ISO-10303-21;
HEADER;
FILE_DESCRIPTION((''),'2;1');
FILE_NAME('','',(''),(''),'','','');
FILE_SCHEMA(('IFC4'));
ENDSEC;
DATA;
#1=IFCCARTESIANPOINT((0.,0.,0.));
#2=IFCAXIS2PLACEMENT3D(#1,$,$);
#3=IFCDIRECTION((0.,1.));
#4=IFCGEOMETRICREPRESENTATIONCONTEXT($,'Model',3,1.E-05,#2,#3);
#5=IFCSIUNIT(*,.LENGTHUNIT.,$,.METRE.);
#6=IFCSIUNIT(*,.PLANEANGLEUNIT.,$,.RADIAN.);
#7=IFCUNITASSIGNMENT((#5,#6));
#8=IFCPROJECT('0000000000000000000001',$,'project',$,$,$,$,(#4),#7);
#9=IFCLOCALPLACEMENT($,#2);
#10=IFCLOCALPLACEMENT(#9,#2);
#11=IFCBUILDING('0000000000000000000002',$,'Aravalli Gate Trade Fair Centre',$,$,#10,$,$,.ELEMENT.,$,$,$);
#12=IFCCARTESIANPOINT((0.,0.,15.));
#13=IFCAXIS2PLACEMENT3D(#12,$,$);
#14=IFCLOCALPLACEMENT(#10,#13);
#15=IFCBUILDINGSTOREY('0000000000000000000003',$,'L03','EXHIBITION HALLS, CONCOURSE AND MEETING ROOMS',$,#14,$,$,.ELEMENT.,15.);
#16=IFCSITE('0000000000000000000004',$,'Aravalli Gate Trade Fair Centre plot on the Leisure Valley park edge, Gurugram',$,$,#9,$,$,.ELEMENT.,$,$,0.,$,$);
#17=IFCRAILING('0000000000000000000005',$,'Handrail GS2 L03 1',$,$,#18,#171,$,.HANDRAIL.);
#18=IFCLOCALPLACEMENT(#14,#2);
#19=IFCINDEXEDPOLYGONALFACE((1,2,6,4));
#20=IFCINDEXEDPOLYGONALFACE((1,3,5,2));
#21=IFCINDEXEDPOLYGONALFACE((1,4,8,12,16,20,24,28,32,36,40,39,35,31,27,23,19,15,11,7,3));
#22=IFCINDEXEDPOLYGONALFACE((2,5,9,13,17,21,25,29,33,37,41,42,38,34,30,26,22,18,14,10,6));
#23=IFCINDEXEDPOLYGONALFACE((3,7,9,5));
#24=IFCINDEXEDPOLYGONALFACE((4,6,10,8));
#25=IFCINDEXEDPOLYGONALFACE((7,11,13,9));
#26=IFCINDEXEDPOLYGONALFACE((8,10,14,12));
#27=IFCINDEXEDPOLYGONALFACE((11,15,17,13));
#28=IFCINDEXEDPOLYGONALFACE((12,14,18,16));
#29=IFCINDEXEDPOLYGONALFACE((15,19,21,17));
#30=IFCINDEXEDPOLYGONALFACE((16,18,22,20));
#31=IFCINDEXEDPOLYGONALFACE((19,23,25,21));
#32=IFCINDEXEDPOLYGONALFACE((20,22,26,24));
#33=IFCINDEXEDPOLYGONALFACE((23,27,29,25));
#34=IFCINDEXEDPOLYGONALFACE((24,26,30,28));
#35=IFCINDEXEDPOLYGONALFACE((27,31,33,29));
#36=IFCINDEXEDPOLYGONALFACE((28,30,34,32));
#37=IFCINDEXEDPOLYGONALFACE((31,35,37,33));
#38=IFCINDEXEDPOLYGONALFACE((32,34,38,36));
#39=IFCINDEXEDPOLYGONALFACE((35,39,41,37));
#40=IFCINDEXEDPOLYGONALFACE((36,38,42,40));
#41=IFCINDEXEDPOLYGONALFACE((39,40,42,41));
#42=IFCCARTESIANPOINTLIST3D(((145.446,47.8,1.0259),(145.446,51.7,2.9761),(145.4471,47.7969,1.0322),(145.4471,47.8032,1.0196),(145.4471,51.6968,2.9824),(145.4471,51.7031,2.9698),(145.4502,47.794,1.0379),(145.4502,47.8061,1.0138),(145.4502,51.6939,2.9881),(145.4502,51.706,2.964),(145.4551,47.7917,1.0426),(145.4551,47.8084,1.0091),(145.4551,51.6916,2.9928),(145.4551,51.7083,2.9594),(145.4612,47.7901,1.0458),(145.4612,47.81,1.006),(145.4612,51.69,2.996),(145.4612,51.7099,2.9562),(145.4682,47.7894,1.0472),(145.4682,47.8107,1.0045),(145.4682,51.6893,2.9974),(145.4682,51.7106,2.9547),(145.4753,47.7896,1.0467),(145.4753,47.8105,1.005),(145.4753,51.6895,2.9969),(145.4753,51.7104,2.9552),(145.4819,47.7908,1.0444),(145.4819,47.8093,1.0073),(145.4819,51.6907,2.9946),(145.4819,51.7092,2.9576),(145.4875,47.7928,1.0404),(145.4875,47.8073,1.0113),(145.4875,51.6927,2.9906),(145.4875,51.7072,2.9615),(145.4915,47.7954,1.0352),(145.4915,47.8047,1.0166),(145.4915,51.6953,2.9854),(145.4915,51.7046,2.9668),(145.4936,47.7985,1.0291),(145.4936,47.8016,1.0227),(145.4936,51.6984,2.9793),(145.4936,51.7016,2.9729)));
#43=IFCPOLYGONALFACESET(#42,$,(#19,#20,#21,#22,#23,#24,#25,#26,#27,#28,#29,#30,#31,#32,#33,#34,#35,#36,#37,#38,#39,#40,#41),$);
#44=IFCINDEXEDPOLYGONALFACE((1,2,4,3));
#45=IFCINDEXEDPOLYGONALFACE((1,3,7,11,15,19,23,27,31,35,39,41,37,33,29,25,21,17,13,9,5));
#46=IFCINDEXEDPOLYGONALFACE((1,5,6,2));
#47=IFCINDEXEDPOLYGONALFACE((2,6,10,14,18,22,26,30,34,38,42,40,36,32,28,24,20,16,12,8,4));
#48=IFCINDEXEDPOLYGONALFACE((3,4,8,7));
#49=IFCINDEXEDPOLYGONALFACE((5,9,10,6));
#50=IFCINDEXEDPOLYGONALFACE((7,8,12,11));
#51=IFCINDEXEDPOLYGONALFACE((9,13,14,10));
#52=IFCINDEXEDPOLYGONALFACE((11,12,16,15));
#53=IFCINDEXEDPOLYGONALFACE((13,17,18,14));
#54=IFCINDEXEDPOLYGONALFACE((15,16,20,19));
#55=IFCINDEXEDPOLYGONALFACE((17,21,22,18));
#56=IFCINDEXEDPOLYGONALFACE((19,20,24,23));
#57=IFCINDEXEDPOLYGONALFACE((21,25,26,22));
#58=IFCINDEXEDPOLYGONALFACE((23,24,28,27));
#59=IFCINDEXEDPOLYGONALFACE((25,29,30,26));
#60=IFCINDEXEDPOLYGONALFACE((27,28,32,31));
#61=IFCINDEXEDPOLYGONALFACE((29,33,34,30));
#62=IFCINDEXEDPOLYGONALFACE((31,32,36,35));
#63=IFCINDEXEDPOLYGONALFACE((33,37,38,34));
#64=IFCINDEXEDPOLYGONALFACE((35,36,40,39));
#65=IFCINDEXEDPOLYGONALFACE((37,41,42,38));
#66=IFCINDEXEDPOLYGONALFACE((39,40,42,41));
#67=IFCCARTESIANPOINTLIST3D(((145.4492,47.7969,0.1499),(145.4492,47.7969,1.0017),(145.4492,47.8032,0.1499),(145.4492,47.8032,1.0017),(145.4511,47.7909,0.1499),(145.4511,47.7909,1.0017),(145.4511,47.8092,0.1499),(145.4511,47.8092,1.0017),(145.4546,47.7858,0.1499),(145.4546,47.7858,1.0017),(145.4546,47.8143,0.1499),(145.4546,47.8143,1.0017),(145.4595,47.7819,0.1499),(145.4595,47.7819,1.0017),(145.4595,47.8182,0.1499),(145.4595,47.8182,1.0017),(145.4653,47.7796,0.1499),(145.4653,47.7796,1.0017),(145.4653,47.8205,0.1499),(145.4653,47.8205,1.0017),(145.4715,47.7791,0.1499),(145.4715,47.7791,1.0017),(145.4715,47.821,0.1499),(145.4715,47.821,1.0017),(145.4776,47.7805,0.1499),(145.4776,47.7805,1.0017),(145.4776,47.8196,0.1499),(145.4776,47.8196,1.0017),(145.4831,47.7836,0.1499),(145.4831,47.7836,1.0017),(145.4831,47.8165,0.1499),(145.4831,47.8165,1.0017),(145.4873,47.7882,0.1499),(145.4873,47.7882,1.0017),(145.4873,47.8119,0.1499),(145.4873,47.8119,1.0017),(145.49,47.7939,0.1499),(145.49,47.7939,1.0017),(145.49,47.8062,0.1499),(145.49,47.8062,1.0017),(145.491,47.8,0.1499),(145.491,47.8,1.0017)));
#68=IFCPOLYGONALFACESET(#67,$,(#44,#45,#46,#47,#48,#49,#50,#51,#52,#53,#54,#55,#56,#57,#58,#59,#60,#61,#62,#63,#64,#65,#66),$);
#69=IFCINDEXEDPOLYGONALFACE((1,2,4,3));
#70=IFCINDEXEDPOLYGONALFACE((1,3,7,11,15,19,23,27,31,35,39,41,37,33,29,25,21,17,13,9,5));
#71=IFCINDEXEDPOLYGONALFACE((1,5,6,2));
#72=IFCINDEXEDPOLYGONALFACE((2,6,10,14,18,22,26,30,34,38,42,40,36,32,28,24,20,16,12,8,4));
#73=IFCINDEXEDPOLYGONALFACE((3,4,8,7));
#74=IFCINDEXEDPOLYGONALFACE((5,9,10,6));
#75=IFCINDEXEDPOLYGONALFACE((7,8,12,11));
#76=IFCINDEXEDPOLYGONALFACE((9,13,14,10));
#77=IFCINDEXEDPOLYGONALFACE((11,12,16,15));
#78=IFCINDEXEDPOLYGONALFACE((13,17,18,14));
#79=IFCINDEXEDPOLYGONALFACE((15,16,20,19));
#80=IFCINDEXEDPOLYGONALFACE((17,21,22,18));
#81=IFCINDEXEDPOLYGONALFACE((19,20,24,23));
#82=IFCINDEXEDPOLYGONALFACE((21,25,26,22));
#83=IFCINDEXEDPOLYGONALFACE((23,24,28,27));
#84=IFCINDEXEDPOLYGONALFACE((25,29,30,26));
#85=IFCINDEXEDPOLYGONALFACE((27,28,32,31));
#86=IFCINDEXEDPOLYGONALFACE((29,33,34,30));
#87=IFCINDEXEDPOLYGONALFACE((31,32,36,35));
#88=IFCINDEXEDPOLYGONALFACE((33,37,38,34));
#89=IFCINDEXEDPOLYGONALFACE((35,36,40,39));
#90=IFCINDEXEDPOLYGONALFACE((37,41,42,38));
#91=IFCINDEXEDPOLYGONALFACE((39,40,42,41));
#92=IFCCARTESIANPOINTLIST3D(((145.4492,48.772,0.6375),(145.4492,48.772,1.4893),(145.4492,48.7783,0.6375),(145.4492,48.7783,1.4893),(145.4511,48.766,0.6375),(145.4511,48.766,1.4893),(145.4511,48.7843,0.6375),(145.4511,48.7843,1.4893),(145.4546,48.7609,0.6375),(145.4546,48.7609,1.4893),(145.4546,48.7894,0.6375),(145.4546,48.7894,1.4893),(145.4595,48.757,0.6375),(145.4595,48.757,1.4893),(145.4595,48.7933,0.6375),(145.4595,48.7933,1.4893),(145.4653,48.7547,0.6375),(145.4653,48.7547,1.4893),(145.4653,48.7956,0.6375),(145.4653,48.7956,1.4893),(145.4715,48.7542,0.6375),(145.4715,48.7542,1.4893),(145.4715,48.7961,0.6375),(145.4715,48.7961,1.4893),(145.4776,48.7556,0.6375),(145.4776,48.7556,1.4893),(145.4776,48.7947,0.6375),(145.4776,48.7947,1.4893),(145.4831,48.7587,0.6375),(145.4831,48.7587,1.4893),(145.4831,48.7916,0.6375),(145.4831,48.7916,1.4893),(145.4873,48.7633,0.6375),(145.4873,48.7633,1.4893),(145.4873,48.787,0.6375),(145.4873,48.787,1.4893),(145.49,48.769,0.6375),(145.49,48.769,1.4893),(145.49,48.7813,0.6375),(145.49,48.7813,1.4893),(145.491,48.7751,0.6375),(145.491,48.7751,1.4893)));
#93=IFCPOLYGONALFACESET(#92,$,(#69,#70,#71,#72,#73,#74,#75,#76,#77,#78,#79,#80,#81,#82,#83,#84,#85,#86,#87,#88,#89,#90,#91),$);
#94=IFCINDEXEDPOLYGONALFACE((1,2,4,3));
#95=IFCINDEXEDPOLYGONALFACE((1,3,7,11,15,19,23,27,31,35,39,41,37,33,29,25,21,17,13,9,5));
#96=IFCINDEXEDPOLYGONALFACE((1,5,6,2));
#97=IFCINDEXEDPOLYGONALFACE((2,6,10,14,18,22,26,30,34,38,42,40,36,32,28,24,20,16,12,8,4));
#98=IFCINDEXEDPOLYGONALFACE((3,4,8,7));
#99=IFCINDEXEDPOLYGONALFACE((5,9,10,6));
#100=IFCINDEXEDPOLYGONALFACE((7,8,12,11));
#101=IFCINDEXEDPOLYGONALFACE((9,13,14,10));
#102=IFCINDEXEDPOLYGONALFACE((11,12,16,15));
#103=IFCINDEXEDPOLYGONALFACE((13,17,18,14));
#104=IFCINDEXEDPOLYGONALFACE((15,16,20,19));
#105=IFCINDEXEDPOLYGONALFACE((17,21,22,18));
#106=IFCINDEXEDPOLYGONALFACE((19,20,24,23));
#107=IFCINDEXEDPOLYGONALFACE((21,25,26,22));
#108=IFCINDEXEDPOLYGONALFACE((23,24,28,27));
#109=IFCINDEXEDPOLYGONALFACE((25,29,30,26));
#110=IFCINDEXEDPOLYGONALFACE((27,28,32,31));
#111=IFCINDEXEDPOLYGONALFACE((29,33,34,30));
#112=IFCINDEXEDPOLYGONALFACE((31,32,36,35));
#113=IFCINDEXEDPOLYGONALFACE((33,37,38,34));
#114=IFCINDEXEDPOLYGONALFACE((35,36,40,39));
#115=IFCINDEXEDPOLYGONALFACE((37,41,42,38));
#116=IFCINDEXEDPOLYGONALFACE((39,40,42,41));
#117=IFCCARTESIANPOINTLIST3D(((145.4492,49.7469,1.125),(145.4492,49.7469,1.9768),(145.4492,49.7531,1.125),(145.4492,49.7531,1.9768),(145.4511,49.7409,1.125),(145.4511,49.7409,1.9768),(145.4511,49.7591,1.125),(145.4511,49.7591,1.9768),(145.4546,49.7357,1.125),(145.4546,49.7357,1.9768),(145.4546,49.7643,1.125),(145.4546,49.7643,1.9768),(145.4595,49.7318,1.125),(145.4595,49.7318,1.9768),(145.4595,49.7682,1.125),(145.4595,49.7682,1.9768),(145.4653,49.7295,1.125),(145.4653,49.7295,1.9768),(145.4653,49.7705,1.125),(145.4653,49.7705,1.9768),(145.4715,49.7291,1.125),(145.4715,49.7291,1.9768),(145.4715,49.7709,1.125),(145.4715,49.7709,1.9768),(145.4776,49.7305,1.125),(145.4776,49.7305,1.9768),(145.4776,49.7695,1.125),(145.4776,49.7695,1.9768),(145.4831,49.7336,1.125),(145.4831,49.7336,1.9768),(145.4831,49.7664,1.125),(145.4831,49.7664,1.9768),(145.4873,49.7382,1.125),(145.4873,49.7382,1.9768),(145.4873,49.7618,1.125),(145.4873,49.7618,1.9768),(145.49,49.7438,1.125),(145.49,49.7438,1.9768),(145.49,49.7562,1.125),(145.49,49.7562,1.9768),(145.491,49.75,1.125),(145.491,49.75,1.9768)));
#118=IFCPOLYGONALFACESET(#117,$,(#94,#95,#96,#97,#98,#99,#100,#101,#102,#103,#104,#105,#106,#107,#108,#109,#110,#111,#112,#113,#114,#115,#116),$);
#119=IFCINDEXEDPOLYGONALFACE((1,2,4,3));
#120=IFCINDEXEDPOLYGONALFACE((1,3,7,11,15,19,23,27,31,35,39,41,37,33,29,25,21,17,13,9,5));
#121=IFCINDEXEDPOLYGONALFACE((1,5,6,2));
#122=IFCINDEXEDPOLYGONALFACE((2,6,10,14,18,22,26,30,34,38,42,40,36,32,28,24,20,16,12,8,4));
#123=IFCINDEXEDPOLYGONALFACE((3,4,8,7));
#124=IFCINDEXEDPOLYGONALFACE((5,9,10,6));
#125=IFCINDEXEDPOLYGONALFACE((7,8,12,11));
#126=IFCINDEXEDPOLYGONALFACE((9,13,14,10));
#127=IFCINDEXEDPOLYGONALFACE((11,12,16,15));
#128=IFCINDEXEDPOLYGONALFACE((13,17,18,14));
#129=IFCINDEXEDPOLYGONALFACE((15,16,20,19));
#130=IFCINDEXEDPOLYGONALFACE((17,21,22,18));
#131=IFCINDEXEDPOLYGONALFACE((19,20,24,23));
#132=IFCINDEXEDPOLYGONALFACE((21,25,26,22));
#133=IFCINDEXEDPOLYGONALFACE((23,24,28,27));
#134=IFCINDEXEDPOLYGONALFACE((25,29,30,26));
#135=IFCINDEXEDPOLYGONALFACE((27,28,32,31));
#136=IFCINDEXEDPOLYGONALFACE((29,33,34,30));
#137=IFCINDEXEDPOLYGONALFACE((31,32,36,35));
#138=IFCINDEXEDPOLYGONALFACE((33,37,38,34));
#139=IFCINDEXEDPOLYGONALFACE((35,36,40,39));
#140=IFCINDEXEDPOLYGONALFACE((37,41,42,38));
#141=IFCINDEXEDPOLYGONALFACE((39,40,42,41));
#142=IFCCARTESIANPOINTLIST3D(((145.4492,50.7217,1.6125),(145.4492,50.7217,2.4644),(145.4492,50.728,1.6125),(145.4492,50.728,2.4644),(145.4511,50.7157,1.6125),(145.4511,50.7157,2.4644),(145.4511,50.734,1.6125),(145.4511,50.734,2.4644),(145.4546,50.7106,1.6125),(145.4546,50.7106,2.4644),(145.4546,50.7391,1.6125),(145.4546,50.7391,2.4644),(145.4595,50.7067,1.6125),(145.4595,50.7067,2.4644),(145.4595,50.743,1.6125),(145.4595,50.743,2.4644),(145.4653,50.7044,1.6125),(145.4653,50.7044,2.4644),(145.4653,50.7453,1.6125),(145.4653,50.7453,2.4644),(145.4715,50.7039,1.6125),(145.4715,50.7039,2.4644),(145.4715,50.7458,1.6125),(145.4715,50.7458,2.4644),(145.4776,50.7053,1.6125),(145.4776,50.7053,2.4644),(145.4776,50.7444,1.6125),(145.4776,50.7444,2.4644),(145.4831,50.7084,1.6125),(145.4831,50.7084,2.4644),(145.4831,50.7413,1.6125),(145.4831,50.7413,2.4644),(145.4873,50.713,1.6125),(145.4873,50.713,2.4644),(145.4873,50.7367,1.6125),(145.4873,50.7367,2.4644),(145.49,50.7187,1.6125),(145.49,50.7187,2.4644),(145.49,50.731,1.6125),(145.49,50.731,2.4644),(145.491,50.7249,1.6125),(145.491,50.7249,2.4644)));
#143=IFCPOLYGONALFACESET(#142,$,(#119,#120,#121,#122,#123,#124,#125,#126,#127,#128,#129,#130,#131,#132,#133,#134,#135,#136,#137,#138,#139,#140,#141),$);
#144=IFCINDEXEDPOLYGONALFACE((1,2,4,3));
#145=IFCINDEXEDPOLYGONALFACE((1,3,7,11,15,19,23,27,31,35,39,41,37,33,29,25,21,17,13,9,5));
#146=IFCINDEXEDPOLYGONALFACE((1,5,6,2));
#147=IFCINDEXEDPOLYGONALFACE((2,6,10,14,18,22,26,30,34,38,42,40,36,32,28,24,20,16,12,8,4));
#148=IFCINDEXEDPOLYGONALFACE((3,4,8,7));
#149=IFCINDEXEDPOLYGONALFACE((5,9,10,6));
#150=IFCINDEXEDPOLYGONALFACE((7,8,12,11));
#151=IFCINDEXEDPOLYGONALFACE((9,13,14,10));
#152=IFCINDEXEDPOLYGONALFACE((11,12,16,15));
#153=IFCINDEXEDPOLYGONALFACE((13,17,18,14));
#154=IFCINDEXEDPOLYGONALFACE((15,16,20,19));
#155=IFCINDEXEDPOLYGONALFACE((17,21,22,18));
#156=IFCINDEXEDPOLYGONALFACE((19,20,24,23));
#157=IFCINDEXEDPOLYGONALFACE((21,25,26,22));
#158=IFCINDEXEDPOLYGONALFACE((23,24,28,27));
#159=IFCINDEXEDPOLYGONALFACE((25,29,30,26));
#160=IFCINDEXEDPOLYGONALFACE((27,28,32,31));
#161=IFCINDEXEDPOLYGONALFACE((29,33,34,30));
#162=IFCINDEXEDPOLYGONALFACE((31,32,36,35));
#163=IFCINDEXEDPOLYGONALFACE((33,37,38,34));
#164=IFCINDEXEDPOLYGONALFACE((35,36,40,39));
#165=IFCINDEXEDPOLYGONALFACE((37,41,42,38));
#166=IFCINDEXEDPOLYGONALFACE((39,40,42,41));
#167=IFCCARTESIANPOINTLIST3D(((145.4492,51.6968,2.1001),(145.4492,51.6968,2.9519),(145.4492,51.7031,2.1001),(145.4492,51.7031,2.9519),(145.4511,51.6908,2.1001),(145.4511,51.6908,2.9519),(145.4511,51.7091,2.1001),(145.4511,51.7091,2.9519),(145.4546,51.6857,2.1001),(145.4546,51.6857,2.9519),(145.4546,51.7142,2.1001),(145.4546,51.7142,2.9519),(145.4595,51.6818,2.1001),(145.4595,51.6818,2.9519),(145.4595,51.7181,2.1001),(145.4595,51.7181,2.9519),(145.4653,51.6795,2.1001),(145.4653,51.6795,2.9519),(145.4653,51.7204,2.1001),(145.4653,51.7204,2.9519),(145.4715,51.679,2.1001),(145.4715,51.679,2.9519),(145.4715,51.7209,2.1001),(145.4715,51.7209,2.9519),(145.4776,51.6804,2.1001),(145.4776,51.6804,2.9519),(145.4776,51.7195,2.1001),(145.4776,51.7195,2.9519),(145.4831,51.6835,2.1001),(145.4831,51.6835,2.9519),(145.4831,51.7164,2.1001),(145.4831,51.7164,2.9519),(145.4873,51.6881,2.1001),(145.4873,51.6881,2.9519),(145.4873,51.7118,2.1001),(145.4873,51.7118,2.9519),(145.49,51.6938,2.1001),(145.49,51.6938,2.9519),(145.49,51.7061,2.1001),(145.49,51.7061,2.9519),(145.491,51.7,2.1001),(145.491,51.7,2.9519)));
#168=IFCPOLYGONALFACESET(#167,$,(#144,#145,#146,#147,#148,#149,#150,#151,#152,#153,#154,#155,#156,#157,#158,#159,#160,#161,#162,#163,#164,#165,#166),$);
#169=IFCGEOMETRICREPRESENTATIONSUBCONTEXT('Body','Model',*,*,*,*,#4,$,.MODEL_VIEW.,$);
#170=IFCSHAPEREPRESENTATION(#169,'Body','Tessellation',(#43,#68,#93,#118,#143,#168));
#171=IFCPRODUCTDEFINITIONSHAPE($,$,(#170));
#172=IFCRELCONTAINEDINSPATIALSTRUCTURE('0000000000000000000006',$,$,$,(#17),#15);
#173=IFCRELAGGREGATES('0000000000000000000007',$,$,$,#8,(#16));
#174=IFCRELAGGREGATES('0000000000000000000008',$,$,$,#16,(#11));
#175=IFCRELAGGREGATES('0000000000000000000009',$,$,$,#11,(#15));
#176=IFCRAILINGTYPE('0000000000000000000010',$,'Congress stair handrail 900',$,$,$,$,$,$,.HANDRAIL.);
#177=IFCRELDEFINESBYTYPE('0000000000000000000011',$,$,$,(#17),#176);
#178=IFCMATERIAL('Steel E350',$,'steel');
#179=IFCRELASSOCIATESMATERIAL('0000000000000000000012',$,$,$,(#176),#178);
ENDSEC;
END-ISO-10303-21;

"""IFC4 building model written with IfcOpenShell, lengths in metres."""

from ifc_helpers import new_model, si_unit, direction, frame, origin, origin_2d, place, context, subcontext, project, spatial, circle, extrude, material, type_object, element, save


model = new_model("IFC4")

# Units and contexts
model_context = context("Model", 3, precision=1e-05, world=origin(), true_north=direction((0.0, 1.0)))
body_context = subcontext(model_context, "Body", "Model", "MODEL_VIEW")
ifc_project = project(units=[si_unit("LENGTHUNIT", "METRE"), si_unit("PLANEANGLEUNIT", "RADIAN")], contexts=[model_context])

# Site, building, storey
site_placement = place(None, origin())
site = spatial("IfcSite", under=ifc_project, at=site_placement, Name="Aravalli Gate Trade Fair Centre plot on the Leisure Valley park edge, Gurugram", CompositionType="ELEMENT", RefElevation=0.0)
building_placement = place(site_placement, origin())
building = spatial("IfcBuilding", under=site, at=building_placement, Name="Aravalli Gate Trade Fair Centre", CompositionType="ELEMENT")
storey_placement = place(building_placement, frame((0.0, 0.0, 15.0)))
storey = spatial("IfcBuildingStorey", under=building, at=storey_placement, Name="L03", Description="EXHIBITION HALLS, CONCOURSE AND MEETING ROOMS", CompositionType="ELEMENT", Elevation=15.0)

# Railing
ifc_material_1 = material(Name="Steel E350", Category="steel")
railing_type_1 = type_object("IfcRailingType", Name="Congress stair handrail 900", PredefinedType="HANDRAIL", material=ifc_material_1)
railing_1_placement = place(storey_placement, frame((145.47, 47.8, 0.1499)))
element("IfcRailing", 1, at=railing_1_placement, inside=storey, type_object=railing_type_1, Name="Handrail GS2 L03 1", PredefinedType="HANDRAIL", context=body_context, shape_type="SweptSolid", body=[
    extrude(circle(Radius=0.0239, at=origin_2d()), frame((0.0, 0.0, 0.876), z_axis=(0.0, 0.894405, 0.447258), x_axis=(-1.0, 0.0, 0.0)), (0.0, 0.0, 1.0), 4.3604),
    extrude(circle(Radius=0.021, at=origin_2d()), origin(), (0.0, 0.0, 1.0), 0.8518),
    extrude(circle(Radius=0.021, at=origin_2d()), frame((0.0, 0.9751, 0.4875)), (0.0, 0.0, 1.0), 0.8518),
    extrude(circle(Radius=0.021, at=origin_2d()), frame((0.0, 1.95, 0.9751)), (0.0, 0.0, 1.0), 0.8518),
    extrude(circle(Radius=0.021, at=origin_2d()), frame((0.0, 2.9248, 1.4626)), (0.0, 0.0, 1.0), 0.8518),
    extrude(circle(Radius=0.021, at=origin_2d()), frame((0.0, 3.8999, 1.9502)), (0.0, 0.0, 1.0), 0.8518),
])

save(model, "model.ifc")
